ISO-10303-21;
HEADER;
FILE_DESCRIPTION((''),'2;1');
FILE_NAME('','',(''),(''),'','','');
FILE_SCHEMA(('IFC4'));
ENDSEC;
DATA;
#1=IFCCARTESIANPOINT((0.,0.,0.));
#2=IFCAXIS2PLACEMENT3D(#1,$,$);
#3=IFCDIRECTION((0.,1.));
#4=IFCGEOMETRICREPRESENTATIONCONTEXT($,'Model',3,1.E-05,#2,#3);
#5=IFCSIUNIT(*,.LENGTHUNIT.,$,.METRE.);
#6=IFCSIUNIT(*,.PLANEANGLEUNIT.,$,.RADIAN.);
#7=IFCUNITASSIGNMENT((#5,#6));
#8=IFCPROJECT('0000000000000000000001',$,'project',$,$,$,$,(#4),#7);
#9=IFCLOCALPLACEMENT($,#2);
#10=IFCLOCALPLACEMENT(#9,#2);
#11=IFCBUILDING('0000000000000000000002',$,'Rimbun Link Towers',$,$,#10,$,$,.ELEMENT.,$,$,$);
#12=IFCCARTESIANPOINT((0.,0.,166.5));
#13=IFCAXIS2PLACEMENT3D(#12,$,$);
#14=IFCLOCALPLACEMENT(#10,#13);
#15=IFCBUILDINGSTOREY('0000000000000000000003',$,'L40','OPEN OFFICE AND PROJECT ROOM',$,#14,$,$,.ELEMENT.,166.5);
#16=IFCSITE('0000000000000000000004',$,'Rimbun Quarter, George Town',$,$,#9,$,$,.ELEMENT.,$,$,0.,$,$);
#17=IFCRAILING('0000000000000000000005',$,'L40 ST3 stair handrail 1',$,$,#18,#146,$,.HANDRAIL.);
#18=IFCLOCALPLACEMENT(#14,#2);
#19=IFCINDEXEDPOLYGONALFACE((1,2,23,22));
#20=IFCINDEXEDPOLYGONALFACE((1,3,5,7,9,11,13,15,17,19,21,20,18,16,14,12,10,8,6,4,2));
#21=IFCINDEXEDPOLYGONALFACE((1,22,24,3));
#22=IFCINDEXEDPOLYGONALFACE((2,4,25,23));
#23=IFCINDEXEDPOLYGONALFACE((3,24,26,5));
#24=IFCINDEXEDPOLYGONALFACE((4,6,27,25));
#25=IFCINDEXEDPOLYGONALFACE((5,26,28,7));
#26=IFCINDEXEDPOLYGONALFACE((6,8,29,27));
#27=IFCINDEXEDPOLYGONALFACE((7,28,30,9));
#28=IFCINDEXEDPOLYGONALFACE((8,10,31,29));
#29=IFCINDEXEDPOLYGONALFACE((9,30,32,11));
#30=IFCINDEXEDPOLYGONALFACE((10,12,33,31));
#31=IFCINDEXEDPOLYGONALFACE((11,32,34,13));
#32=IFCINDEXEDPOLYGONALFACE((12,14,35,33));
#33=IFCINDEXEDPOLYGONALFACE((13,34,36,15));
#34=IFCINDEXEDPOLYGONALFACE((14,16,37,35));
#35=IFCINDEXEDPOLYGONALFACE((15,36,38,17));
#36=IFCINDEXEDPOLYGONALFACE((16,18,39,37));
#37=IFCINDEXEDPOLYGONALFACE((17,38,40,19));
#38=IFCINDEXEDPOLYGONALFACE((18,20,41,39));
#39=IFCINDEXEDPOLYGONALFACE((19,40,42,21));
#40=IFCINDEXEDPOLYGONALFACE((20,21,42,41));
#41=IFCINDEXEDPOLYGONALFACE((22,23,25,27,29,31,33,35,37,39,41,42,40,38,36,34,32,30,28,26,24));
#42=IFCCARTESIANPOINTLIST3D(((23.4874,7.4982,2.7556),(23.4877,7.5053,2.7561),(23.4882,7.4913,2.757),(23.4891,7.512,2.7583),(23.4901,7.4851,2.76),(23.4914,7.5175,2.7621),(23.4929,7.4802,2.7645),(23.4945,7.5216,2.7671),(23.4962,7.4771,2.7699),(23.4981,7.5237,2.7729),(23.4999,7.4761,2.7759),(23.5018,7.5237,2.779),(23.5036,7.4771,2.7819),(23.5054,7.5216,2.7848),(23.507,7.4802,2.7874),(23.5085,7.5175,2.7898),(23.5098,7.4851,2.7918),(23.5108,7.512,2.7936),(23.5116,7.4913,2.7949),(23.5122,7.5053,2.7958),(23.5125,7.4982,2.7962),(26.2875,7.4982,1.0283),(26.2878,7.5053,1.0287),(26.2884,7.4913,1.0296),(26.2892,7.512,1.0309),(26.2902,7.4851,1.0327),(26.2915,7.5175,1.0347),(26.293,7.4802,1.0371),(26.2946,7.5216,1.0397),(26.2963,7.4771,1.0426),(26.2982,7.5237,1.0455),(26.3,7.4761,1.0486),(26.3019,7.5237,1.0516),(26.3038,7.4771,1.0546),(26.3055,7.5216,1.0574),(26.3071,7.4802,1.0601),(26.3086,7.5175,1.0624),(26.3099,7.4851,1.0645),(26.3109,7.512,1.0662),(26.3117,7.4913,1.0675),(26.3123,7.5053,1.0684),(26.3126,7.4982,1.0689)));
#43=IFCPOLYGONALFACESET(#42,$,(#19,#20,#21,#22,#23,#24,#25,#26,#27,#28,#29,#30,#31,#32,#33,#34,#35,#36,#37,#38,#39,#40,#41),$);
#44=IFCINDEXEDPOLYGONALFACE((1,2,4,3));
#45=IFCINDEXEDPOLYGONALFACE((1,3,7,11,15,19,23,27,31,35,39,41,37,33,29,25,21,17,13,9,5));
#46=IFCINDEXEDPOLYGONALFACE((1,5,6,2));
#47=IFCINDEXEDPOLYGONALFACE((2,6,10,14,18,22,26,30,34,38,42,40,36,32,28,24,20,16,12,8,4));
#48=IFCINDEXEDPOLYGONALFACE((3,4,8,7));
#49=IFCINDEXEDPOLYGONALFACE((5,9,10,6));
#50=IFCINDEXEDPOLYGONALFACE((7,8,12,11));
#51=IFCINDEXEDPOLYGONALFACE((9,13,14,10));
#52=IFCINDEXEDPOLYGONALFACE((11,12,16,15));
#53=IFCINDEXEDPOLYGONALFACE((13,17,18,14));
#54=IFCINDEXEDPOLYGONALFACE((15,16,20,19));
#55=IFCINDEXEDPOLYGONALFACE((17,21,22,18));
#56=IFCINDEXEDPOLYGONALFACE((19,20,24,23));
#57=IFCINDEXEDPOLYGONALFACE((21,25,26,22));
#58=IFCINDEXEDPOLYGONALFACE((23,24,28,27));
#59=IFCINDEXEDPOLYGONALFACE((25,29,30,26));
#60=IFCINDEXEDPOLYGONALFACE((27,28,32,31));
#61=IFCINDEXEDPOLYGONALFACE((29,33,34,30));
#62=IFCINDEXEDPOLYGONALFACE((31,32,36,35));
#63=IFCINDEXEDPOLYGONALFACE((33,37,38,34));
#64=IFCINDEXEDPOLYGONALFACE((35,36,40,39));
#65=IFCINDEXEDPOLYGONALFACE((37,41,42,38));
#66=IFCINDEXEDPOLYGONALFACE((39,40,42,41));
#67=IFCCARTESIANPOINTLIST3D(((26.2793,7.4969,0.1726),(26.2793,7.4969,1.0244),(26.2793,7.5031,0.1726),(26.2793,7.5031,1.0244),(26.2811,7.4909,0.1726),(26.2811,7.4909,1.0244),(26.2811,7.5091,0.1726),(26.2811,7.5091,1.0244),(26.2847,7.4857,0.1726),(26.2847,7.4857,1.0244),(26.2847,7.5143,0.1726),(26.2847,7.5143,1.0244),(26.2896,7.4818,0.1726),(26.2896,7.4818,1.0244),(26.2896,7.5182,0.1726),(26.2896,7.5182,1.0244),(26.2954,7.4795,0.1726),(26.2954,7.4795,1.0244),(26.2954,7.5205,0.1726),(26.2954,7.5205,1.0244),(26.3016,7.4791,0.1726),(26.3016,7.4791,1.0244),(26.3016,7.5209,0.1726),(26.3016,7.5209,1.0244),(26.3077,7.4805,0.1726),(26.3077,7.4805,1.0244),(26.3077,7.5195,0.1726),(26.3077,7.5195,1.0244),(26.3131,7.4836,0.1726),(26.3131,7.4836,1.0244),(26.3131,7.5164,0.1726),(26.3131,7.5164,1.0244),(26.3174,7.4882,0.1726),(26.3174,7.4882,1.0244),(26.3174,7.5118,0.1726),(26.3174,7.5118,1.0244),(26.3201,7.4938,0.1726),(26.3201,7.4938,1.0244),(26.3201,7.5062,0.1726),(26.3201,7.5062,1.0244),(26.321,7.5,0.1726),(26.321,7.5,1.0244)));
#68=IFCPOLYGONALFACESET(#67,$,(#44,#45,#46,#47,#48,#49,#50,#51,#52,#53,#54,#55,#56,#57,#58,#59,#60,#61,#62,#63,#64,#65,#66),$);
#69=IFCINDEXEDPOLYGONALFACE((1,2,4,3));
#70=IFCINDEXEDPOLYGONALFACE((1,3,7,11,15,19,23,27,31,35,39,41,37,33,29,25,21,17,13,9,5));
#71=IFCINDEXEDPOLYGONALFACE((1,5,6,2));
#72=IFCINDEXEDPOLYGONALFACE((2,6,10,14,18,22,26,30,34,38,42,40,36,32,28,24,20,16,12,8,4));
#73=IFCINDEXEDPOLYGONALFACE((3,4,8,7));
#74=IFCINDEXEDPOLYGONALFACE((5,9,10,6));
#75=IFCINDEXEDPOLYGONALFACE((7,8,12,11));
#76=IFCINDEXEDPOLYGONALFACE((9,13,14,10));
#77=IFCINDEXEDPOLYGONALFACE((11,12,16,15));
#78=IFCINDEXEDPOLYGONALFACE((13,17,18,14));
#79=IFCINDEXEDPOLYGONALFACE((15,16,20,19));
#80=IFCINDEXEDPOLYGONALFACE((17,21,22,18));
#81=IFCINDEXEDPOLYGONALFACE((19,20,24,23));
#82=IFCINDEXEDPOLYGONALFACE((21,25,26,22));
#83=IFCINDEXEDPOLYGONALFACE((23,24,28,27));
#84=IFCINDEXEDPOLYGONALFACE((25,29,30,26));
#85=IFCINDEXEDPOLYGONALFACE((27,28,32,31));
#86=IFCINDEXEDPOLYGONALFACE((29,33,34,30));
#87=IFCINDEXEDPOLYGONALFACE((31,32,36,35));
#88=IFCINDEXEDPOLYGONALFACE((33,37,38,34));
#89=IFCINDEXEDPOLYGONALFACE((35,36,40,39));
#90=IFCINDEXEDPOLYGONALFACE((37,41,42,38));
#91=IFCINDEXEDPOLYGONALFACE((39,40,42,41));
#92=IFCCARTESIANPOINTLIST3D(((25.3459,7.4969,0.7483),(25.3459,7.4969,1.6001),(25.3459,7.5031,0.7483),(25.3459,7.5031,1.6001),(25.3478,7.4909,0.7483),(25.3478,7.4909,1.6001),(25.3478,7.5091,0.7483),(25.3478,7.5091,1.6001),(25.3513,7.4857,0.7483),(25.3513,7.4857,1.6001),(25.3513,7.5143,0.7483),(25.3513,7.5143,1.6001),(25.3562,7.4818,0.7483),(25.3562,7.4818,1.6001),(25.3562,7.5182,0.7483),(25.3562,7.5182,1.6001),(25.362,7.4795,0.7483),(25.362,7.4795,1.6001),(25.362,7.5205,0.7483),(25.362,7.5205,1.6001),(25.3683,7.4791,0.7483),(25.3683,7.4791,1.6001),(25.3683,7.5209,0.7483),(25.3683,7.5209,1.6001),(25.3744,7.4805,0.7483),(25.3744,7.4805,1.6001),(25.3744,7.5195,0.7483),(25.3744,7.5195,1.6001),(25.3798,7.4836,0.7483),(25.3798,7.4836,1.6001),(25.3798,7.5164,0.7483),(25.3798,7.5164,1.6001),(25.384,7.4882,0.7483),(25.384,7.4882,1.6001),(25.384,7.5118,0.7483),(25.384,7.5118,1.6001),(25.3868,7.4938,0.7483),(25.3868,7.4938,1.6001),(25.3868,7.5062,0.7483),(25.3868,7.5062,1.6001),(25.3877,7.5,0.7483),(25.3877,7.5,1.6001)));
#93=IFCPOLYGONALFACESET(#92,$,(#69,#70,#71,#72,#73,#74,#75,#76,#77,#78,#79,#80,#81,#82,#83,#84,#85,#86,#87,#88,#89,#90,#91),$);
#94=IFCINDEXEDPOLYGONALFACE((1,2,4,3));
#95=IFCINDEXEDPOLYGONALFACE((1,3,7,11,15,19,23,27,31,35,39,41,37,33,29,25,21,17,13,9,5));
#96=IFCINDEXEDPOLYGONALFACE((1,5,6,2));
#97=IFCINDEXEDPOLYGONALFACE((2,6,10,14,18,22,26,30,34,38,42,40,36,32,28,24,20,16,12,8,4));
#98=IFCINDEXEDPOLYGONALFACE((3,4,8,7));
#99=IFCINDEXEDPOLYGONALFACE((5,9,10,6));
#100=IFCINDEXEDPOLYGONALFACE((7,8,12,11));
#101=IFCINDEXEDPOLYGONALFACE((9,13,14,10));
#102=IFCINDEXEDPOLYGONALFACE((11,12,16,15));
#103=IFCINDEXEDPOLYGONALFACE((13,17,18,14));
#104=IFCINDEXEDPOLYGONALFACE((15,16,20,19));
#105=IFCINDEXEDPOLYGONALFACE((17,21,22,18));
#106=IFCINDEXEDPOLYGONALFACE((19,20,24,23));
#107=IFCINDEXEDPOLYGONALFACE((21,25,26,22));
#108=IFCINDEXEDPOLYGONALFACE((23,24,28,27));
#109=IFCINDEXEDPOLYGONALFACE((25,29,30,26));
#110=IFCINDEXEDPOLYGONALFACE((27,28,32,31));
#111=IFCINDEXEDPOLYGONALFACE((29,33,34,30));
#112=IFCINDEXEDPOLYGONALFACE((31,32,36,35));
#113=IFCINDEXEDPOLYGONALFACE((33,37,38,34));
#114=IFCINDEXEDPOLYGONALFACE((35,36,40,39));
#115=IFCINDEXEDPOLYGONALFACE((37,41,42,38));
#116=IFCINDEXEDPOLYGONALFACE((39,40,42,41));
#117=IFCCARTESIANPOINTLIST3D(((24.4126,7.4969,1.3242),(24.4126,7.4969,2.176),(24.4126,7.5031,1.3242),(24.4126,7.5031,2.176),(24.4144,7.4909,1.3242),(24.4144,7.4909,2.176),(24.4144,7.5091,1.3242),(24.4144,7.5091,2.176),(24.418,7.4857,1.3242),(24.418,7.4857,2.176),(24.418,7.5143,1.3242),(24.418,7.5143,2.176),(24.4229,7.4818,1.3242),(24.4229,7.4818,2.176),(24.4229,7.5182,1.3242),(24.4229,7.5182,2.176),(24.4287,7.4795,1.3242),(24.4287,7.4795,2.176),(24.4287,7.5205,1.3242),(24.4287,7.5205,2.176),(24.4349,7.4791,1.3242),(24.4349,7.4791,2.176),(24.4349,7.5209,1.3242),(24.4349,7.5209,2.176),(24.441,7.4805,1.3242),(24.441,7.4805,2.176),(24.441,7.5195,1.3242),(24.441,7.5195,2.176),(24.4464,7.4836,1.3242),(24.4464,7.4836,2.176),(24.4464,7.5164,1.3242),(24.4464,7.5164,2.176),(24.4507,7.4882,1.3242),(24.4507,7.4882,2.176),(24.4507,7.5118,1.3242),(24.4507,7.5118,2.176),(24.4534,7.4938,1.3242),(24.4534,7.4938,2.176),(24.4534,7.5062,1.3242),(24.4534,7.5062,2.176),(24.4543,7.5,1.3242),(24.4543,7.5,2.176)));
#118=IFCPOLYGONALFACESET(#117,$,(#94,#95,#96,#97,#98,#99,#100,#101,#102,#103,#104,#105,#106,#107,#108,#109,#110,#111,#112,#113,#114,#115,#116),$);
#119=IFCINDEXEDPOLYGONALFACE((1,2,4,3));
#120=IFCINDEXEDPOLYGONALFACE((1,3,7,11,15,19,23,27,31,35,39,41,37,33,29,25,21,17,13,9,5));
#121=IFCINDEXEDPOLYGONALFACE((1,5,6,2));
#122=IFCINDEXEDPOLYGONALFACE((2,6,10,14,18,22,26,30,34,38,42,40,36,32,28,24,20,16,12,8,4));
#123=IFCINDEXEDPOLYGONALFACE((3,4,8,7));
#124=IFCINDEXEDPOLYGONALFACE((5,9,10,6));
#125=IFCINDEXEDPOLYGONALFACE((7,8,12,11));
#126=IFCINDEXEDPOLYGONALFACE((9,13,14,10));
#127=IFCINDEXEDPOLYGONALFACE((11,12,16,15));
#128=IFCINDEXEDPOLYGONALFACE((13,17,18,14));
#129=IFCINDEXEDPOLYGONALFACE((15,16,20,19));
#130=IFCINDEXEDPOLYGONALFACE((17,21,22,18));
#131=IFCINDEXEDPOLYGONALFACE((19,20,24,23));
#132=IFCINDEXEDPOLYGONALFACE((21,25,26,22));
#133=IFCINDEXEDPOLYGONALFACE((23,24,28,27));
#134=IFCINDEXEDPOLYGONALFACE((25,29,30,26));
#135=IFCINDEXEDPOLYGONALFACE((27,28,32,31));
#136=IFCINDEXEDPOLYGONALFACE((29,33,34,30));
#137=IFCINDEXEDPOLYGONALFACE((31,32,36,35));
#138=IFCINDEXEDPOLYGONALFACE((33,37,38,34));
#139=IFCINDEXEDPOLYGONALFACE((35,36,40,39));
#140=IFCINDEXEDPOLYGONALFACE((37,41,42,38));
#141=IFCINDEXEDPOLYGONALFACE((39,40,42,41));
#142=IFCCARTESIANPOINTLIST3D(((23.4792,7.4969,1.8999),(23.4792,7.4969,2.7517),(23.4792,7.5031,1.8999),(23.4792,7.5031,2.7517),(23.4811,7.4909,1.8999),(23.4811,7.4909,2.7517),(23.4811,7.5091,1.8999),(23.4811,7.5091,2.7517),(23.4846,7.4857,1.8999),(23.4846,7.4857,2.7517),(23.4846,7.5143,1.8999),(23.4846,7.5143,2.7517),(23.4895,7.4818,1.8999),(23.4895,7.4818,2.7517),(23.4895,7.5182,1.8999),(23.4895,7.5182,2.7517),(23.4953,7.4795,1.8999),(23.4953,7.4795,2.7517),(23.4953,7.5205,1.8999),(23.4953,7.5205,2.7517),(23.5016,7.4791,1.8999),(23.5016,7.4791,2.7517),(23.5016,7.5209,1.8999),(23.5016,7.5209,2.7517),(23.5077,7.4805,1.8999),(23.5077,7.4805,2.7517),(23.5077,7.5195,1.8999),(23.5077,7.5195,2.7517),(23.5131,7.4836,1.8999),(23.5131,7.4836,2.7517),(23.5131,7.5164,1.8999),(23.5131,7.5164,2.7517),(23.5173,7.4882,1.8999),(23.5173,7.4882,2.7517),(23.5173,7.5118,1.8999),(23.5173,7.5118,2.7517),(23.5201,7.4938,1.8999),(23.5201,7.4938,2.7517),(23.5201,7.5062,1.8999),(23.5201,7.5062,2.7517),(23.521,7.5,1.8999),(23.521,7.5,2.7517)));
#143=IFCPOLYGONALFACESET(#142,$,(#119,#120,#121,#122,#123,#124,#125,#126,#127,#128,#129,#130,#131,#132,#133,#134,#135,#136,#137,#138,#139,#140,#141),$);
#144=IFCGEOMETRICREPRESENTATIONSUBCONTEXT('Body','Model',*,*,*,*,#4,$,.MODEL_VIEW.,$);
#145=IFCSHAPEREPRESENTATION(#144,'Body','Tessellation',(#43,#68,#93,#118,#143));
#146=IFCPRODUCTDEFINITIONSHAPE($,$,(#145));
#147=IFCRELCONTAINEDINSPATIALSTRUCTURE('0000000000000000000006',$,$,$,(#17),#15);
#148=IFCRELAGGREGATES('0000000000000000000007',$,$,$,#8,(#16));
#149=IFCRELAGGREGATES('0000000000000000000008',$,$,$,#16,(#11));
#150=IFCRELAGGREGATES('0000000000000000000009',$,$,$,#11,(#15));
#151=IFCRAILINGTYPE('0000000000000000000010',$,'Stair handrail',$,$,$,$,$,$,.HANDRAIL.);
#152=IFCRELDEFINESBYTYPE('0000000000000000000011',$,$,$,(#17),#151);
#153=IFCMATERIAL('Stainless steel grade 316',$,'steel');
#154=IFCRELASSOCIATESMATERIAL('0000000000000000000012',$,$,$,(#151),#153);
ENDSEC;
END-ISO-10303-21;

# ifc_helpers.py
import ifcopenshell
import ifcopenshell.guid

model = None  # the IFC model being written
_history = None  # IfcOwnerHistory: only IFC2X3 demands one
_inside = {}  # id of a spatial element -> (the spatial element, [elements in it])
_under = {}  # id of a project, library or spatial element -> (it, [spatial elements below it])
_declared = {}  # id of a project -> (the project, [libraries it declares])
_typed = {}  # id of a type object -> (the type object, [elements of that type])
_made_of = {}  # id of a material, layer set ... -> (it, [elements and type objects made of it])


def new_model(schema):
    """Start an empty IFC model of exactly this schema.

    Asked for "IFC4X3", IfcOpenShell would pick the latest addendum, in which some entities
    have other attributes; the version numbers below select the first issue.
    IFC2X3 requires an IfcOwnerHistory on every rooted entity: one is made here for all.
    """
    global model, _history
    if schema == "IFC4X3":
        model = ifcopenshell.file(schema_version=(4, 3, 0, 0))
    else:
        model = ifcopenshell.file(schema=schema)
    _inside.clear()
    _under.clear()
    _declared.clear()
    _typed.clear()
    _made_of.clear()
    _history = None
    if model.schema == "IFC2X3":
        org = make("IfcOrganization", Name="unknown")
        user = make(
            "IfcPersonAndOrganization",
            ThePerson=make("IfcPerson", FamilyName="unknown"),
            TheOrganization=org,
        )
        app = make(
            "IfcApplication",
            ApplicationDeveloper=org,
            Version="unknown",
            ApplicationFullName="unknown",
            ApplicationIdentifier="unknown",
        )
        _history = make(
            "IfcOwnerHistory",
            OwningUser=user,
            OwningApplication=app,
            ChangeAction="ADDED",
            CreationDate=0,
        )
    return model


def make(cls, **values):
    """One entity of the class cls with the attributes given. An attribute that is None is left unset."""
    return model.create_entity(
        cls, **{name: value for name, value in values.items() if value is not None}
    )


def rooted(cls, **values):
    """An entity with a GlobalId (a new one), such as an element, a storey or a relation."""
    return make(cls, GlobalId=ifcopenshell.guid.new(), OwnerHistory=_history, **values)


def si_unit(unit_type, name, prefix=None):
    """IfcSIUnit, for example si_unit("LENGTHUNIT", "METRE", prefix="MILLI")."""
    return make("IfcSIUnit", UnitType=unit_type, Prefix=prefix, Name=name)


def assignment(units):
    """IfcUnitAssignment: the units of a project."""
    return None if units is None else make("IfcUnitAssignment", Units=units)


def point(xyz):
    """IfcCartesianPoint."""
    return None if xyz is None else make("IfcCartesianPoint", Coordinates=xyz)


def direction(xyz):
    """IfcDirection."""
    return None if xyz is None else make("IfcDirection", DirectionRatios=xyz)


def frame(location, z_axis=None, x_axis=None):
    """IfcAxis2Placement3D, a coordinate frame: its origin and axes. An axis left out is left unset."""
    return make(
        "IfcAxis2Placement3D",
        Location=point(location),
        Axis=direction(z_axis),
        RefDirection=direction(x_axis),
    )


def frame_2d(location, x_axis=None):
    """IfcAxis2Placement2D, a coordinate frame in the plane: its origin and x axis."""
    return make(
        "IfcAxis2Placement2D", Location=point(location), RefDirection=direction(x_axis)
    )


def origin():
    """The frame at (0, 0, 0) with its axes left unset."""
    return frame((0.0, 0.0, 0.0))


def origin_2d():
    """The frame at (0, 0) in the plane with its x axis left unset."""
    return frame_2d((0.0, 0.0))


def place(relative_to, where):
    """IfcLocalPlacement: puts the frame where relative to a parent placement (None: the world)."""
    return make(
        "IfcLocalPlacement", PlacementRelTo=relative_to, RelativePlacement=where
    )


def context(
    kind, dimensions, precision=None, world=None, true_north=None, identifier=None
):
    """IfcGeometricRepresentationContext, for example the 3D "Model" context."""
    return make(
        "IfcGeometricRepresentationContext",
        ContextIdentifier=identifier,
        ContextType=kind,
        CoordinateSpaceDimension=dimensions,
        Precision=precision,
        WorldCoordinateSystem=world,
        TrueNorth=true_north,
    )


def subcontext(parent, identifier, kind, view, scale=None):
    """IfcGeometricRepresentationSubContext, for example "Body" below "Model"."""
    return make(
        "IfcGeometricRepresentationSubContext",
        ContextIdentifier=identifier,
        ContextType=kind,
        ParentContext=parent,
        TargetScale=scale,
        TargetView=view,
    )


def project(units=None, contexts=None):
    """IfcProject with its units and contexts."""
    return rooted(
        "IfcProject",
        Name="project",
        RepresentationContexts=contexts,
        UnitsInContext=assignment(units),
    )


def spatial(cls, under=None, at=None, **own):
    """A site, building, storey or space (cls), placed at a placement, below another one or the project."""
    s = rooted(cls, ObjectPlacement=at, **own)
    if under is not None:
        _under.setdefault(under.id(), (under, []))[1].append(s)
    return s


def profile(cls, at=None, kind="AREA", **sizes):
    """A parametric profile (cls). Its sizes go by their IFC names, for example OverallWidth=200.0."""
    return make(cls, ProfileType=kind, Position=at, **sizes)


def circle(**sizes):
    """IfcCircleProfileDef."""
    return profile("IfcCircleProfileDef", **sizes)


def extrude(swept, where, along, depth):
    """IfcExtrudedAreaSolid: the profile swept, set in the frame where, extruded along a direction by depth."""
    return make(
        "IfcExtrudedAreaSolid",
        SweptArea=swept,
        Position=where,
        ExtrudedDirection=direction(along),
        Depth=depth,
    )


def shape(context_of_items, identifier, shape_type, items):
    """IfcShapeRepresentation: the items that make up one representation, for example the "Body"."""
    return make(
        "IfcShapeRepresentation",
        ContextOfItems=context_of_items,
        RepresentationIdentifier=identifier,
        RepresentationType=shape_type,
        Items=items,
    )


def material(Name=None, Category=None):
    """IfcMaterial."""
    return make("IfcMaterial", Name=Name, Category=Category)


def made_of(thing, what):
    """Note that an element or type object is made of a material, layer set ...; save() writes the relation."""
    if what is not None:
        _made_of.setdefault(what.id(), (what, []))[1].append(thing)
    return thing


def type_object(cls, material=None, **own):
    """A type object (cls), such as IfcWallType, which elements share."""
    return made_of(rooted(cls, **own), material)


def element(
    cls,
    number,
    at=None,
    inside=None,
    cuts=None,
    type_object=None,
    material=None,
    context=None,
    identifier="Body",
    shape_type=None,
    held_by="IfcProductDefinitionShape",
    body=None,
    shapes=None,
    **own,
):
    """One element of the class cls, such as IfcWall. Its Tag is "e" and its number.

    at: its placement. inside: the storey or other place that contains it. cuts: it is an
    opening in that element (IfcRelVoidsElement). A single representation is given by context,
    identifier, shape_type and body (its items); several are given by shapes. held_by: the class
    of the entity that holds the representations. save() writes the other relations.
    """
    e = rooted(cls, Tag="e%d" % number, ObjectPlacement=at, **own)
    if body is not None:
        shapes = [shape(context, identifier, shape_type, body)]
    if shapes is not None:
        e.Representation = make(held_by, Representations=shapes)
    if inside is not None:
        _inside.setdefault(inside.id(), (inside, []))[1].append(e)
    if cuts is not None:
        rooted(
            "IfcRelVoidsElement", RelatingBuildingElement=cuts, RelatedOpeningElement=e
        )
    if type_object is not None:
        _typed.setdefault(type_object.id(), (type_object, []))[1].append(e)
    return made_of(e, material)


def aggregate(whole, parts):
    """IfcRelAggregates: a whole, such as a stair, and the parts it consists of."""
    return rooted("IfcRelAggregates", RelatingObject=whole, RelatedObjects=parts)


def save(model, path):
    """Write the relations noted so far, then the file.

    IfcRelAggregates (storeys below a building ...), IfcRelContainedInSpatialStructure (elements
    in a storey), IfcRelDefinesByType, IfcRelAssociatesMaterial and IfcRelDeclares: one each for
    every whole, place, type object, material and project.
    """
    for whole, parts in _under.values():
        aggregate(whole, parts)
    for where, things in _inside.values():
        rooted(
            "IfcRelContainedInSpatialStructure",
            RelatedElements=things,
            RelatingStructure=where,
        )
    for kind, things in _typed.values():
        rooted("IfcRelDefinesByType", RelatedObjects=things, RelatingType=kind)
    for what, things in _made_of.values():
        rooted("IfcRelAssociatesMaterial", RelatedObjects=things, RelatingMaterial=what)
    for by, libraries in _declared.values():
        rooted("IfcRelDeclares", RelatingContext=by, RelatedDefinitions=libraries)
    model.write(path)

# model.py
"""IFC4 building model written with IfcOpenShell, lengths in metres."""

from ifc_helpers import new_model, si_unit, direction, frame, origin, origin_2d, place, context, subcontext, project, spatial, circle, extrude, material, type_object, element, save


model = new_model("IFC4")

# Units and contexts
model_context = context("Model", 3, precision=1e-05, world=origin(), true_north=direction((0.0, 1.0)))
body_context = subcontext(model_context, "Body", "Model", "MODEL_VIEW")
ifc_project = project(units=[si_unit("LENGTHUNIT", "METRE"), si_unit("PLANEANGLEUNIT", "RADIAN")], contexts=[model_context])

# Site, building, storey
site_placement = place(None, origin())
site = spatial("IfcSite", under=ifc_project, at=site_placement, Name="Rimbun Quarter, George Town", CompositionType="ELEMENT", RefElevation=0.0)
building_placement = place(site_placement, origin())
building = spatial("IfcBuilding", under=site, at=building_placement, Name="Rimbun Link Towers", CompositionType="ELEMENT")
storey_placement = place(building_placement, frame((0.0, 0.0, 166.5)))
storey = spatial("IfcBuildingStorey", under=building, at=storey_placement, Name="L40", Description="OPEN OFFICE AND PROJECT ROOM", CompositionType="ELEMENT", Elevation=166.5)

# Railing
ifc_material_1 = material(Name="Stainless steel grade 316", Category="steel")
railing_type_1 = type_object("IfcRailingType", Name="Stair handrail", PredefinedType="HANDRAIL", material=ifc_material_1)
railing_1_placement = place(storey_placement, frame((26.3, 7.5, 0.1726)))
element("IfcRailing", 1, at=railing_1_placement, inside=storey, type_object=railing_type_1, Name="L40 ST3 stair handrail 1", PredefinedType="HANDRAIL", context=body_context, shape_type="SweptSolid", body=[
    extrude(circle(Radius=0.0239, at=origin_2d()), frame((0.0, 0.0, 0.876), z_axis=(-0.85109, 0.0, 0.52502), x_axis=(0.0, -1.0, 0.0)), (0.0, 0.0, 1.0), 3.29),
    extrude(circle(Radius=0.021, at=origin_2d()), origin(), (0.0, 0.0, 1.0), 0.8518),
    extrude(circle(Radius=0.021, at=origin_2d()), frame((-0.9333, 0.0, 0.5757)), (0.0, 0.0, 1.0), 0.8518),
    extrude(circle(Radius=0.021, at=origin_2d()), frame((-1.8667, 0.0, 1.1516)), (0.0, 0.0, 1.0), 0.8518),
    extrude(circle(Radius=0.021, at=origin_2d()), frame((-2.8, 0.0, 1.7273)), (0.0, 0.0, 1.0), 0.8518),
])

save(model, "model.ifc")
